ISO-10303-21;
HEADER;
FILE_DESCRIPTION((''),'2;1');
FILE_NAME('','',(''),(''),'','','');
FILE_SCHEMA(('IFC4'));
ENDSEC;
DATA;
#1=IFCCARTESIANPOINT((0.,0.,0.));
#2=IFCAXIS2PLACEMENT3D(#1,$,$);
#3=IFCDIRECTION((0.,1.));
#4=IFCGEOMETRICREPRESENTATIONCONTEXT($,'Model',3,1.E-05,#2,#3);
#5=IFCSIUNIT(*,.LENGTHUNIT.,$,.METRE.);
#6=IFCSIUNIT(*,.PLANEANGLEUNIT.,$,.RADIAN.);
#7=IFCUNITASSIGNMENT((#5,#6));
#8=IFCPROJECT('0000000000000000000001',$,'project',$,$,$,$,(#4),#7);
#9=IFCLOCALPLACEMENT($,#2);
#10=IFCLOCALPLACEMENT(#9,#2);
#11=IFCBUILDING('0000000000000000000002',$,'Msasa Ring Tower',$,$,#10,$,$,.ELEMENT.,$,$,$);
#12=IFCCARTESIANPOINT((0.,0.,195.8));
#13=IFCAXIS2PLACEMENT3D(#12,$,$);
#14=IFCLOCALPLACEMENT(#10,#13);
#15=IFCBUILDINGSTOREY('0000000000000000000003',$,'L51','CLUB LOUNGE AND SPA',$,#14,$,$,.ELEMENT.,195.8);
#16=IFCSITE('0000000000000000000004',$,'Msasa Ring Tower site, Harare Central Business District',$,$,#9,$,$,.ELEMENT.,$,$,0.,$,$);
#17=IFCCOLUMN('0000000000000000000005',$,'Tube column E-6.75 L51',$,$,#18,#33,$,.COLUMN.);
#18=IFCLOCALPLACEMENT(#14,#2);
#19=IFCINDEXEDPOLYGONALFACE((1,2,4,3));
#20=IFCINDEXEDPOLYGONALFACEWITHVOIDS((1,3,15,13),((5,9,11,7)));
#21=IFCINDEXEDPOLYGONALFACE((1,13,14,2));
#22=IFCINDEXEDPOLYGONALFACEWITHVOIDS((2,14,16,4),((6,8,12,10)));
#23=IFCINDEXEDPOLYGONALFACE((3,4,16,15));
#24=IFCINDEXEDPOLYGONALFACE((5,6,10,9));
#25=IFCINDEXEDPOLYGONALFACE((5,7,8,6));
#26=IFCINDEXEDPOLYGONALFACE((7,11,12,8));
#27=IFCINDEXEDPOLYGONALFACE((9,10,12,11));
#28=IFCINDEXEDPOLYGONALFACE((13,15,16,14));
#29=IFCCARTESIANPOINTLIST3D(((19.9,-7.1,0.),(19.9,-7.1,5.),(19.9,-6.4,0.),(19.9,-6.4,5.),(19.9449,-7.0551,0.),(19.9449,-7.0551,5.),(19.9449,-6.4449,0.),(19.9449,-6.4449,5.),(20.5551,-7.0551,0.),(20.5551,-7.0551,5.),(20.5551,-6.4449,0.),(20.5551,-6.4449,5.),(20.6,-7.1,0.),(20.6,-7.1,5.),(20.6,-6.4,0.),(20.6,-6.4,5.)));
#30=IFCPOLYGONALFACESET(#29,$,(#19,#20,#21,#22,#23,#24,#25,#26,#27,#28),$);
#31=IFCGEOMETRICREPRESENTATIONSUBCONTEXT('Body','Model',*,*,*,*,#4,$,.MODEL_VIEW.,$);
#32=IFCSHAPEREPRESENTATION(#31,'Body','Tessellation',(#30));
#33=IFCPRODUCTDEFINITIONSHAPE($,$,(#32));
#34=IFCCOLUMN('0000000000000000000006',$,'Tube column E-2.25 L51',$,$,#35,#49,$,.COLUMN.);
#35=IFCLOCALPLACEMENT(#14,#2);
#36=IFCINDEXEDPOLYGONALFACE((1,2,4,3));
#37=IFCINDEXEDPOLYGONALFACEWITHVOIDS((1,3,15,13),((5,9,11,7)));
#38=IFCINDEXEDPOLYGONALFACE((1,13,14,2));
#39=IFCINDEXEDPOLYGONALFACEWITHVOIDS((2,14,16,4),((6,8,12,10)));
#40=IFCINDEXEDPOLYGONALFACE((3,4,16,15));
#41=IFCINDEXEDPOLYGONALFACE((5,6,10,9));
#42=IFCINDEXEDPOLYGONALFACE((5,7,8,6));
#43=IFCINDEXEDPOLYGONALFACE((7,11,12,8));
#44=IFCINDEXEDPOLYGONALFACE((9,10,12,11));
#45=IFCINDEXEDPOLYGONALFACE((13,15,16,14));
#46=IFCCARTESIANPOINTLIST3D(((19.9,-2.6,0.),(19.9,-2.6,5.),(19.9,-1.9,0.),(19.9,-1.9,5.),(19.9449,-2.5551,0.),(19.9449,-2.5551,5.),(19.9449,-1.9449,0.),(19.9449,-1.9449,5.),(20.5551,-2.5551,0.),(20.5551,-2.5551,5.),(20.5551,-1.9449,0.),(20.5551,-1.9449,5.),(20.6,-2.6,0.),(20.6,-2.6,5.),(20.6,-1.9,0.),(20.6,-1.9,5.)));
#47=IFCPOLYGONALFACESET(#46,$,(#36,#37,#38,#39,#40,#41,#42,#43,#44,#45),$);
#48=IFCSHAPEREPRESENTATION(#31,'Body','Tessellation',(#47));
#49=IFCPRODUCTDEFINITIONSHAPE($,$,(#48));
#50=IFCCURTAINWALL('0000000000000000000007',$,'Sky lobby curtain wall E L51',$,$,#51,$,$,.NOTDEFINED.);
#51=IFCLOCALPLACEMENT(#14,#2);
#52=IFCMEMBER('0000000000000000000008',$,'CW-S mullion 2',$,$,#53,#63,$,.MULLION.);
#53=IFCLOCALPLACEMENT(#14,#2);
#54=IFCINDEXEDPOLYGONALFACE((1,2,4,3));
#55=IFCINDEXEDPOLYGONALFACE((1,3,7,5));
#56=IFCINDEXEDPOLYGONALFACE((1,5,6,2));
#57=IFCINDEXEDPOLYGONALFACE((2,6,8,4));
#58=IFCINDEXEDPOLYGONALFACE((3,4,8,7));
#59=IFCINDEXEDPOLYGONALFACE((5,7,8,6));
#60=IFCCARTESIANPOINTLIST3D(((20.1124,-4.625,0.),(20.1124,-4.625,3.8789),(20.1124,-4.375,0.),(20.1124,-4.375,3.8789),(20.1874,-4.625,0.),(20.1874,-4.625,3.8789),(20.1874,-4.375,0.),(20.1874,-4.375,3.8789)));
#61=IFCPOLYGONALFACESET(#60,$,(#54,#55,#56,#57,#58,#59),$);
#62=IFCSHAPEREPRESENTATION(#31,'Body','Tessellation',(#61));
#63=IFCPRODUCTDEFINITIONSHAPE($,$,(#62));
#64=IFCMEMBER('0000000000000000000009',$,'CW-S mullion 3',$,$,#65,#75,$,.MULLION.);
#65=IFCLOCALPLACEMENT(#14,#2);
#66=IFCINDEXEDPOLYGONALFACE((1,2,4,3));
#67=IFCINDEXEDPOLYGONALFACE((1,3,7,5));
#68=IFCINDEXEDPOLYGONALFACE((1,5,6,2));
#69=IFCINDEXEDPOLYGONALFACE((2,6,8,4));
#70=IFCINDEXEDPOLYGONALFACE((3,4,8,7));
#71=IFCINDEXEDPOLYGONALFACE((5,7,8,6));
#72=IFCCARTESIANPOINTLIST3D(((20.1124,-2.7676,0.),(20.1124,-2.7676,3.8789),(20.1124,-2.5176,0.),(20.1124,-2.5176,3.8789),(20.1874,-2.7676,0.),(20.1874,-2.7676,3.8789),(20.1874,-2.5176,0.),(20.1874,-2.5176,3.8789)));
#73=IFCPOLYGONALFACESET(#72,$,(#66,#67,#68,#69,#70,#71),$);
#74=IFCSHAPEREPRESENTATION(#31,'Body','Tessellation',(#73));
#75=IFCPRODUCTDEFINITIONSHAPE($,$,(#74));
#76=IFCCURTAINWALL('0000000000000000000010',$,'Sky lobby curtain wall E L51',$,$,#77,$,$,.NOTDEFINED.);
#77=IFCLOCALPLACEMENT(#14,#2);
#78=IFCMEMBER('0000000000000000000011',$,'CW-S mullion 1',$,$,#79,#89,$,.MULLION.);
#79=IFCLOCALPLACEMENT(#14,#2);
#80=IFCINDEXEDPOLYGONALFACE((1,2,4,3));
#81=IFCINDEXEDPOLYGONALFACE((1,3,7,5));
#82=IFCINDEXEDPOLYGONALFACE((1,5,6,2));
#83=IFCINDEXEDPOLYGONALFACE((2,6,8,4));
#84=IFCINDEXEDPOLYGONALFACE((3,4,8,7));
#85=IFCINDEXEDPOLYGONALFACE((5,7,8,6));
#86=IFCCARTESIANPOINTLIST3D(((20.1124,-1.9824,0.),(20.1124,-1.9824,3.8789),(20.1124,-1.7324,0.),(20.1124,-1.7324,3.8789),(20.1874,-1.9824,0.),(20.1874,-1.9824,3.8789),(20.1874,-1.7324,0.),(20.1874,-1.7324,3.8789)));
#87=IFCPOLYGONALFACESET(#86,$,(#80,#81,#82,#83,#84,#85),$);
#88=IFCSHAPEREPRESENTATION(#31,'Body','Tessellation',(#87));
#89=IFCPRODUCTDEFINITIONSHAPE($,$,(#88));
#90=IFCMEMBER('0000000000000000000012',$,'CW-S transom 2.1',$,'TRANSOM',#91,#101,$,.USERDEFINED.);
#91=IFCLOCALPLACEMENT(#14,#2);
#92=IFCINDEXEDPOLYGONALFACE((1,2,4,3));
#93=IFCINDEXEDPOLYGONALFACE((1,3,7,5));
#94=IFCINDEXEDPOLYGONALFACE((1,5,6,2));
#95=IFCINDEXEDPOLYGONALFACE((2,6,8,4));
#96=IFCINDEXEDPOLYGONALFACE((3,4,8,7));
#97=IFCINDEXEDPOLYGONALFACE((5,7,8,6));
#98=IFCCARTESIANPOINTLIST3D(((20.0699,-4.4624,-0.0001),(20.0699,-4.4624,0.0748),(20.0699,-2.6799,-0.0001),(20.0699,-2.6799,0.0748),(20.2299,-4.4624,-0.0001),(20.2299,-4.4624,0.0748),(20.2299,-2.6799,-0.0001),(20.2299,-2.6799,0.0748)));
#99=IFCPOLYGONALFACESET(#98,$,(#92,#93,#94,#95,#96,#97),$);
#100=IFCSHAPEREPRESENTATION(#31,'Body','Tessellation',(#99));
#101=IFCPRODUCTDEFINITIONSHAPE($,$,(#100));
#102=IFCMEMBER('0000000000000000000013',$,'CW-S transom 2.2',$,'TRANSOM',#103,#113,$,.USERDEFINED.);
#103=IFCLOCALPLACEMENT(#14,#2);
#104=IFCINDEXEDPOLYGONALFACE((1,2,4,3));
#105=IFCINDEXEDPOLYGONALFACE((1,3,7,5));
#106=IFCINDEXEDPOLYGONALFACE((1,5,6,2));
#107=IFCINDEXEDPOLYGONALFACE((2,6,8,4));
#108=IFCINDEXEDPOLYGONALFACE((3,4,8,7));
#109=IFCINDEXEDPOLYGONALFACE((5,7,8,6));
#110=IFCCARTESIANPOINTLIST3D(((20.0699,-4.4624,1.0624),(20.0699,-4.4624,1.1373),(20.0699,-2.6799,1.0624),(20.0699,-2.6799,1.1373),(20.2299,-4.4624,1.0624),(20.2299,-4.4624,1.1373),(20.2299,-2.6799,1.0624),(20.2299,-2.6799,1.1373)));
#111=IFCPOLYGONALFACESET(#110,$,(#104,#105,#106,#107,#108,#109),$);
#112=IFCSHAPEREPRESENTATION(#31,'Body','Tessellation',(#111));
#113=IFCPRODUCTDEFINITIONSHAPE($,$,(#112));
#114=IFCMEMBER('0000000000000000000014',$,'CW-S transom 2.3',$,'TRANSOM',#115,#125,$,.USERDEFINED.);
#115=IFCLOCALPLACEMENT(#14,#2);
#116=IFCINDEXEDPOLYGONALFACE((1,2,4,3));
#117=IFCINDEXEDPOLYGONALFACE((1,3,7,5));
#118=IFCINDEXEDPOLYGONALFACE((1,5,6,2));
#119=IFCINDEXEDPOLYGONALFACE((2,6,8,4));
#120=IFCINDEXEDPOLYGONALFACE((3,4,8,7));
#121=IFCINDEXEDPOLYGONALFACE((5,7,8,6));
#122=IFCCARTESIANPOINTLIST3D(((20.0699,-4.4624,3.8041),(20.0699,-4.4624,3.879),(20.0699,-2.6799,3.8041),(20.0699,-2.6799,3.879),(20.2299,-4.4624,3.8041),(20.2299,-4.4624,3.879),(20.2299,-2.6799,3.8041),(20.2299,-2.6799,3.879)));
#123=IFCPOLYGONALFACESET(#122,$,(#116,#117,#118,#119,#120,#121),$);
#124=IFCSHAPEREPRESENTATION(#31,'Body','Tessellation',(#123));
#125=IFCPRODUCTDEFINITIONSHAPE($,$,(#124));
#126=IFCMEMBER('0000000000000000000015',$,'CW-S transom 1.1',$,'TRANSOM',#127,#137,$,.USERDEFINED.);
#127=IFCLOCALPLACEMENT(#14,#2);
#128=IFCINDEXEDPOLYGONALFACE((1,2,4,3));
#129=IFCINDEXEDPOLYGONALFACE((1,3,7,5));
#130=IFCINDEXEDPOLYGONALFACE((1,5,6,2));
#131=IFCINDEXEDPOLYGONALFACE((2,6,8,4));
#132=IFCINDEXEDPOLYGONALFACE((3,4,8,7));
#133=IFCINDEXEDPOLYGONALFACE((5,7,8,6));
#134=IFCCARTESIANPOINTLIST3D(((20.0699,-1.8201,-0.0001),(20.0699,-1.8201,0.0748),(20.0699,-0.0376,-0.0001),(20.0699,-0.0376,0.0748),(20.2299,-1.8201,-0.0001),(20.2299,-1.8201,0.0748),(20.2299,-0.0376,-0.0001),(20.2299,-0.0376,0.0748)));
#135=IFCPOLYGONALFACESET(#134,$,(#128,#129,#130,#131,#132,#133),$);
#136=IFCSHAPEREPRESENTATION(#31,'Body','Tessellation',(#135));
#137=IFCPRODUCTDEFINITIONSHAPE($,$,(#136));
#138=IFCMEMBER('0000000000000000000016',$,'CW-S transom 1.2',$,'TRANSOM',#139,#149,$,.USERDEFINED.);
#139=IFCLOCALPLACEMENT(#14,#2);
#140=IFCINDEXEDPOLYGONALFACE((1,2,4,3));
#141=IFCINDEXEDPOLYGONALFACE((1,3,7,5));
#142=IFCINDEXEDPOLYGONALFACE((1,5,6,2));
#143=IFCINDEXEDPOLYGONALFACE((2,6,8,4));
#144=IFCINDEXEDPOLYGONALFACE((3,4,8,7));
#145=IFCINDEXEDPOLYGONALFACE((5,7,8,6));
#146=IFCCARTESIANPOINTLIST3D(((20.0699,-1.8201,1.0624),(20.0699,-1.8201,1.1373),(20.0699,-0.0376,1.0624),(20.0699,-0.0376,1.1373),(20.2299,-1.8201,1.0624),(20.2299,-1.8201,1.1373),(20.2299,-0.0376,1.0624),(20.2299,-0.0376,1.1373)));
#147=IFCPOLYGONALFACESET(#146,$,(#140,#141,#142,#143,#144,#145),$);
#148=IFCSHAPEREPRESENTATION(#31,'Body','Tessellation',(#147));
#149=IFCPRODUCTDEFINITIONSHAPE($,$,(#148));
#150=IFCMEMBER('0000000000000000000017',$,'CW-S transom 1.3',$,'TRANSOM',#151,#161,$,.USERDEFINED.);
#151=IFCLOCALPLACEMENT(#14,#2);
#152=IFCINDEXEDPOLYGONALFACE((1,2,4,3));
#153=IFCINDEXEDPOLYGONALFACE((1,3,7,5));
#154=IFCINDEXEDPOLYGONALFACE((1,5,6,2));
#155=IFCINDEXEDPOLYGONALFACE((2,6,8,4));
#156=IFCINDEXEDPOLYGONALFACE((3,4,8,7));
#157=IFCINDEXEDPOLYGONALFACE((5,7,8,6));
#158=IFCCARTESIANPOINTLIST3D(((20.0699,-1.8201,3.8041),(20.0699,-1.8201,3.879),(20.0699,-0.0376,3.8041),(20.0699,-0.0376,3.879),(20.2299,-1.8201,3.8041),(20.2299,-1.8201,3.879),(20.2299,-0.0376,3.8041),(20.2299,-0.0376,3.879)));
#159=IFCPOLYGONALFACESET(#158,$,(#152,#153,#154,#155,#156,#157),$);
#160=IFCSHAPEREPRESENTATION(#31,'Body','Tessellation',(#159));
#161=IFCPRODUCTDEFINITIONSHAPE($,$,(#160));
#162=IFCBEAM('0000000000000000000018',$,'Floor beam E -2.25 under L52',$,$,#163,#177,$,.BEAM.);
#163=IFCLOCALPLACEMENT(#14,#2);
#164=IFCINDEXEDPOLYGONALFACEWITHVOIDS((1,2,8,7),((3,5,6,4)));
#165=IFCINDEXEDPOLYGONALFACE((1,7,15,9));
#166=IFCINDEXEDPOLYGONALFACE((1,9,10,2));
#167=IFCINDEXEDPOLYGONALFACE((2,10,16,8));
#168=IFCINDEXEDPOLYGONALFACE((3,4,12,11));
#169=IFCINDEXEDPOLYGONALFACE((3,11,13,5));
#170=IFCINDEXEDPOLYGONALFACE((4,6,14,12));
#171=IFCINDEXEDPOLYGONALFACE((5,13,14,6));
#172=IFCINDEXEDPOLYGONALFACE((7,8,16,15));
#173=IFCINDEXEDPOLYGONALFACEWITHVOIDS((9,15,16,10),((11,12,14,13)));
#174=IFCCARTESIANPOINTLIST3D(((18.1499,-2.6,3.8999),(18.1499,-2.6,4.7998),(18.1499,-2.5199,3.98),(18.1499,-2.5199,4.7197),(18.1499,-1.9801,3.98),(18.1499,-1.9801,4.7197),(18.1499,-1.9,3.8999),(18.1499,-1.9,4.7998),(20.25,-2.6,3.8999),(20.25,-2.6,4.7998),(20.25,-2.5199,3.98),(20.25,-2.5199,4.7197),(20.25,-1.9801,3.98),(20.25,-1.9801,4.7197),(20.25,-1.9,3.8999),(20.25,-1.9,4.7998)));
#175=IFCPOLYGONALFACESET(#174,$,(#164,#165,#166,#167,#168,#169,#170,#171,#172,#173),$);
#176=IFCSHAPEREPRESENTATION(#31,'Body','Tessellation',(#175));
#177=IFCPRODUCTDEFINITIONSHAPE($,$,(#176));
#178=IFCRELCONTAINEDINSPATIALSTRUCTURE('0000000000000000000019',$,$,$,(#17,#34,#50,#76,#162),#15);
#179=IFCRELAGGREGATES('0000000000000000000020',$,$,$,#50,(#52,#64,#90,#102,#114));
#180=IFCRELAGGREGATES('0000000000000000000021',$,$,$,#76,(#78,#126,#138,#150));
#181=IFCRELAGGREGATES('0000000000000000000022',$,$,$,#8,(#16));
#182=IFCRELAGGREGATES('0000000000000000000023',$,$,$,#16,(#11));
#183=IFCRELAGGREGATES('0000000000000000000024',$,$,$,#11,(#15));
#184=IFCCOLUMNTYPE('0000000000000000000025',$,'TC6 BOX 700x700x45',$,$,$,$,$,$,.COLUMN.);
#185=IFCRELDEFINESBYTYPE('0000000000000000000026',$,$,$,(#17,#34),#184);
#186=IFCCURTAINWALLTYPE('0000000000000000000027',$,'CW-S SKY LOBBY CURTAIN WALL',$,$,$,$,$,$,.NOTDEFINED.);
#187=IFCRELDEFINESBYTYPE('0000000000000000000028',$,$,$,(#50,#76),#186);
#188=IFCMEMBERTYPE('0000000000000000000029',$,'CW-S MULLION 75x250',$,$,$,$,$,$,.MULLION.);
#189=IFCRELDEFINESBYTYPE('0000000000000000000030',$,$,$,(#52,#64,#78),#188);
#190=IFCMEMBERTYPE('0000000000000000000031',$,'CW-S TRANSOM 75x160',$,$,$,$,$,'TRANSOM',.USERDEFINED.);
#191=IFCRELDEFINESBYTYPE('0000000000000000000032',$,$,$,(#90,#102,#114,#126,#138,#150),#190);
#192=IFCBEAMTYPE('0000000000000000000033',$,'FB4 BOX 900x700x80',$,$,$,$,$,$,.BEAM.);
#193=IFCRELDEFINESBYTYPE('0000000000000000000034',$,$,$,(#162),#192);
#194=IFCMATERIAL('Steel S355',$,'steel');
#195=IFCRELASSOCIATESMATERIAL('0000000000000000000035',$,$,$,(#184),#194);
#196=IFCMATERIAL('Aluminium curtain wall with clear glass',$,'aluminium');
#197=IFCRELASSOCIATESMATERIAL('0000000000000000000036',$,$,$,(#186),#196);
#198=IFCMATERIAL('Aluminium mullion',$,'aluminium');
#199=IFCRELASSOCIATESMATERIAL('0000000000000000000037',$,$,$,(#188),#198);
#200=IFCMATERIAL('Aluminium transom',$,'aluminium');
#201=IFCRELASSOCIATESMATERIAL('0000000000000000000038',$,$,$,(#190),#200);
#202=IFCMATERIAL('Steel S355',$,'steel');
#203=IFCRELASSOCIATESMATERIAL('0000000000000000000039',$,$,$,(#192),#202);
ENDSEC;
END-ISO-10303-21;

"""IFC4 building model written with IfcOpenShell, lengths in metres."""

from ifc_helpers import new_model, si_unit, direction, frame, origin, origin_2d, place, context, subcontext, project, spatial, rectangle, hollow_rectangle, extrude, material, material_profile, profile_set, type_object, element, aggregate, save


model = new_model("IFC4")

# Units and contexts
model_context = context("Model", 3, precision=1e-05, world=origin(), true_north=direction((0.0, 1.0)))
body_context = subcontext(model_context, "Body", "Model", "MODEL_VIEW")
ifc_project = project(units=[si_unit("LENGTHUNIT", "METRE"), si_unit("PLANEANGLEUNIT", "RADIAN")], contexts=[model_context])

# Site, building, storey
site_placement = place(None, origin())
site = spatial("IfcSite", under=ifc_project, at=site_placement, Name="Msasa Ring Tower site, Harare Central Business District", CompositionType="ELEMENT", RefElevation=0.0)
building_placement = place(site_placement, origin())
building = spatial("IfcBuilding", under=site, at=building_placement, Name="Msasa Ring Tower", CompositionType="ELEMENT")
storey_placement = place(building_placement, frame((0.0, 0.0, 195.8)))
storey = spatial("IfcBuildingStorey", under=building, at=storey_placement, Name="L51", Description="CLUB LOUNGE AND SPA", CompositionType="ELEMENT", Elevation=195.8)

# Columns
ifc_material_1 = material(Name="Steel S355", Category="steel")
ifc_material_profile_1 = material_profile(ifc_material_1, hollow_rectangle(XDim=0.7, YDim=0.7, WallThickness=0.0449, at=origin_2d()), Name="BOX 700x700x45")
ifc_profile_set_1 = profile_set([ifc_material_profile_1], Name="Steel S355")
column_type = type_object("IfcColumnType", Name="TC6 BOX 700x700x45", PredefinedType="COLUMN", material=ifc_profile_set_1)
for number, where, z_axis, x_axis, name in (
    (1, (20.25, -6.75, 0.0), (0.0, 0.0, 1.0), (1.0, 0.0, 0.0), "Tube column E-6.75 L51"),
    (2, (20.25, -2.25, 0.0), (0.0, 0.0, 1.0), (1.0, 0.0, 0.0), "Tube column E-2.25 L51"),
):
    element("IfcColumn", number, at=place(storey_placement, frame(where, z_axis=z_axis, x_axis=x_axis)), inside=storey, type_object=column_type, Name=name, PredefinedType="COLUMN", context=body_context, shape_type="SweptSolid", body=[
        extrude(hollow_rectangle(XDim=0.7, YDim=0.7, WallThickness=0.0449, at=origin_2d()), origin(), (0.0, 0.0, 1.0), 5.0),
    ])

# Curtain wall, members
ifc_material_2 = material(Name="Aluminium curtain wall with clear glass", Category="aluminium")
curtain_wall_type = type_object("IfcCurtainWallType", Name="CW-S SKY LOBBY CURTAIN WALL", PredefinedType="NOTDEFINED", material=ifc_material_2)
curtain_wall_1_placement = place(storey_placement, origin())
curtain_wall_1 = element("IfcCurtainWall", 3, at=curtain_wall_1_placement, inside=storey, type_object=curtain_wall_type, Name="Sky lobby curtain wall E L51", PredefinedType="NOTDEFINED")
ifc_material_3 = material(Name="Aluminium mullion", Category="aluminium")
ifc_material_profile_2 = material_profile(ifc_material_3, rectangle(XDim=0.075, YDim=0.25, at=origin_2d()), Name="AL 75x250")
ifc_profile_set_2 = profile_set([ifc_material_profile_2], Name="Aluminium mullion")
member_type_1 = type_object("IfcMemberType", Name="CW-S MULLION 75x250", PredefinedType="MULLION", material=ifc_profile_set_2)
member_1_placement = place(storey_placement, frame((20.1499, -4.5, 0.0), z_axis=(0.0, 0.0, 1.0), x_axis=(-1.0, 0.0, 0.0)))
member_1 = element("IfcMember", 4, at=member_1_placement, type_object=member_type_1, Name="CW-S mullion 2", PredefinedType="MULLION", context=body_context, shape_type="SweptSolid", body=[
    extrude(rectangle(XDim=0.075, YDim=0.25, at=origin_2d()), origin(), (0.0, 0.0, 1.0), 3.8789),
])
member_2_placement = place(storey_placement, frame((20.1499, -2.6426, 0.0), z_axis=(0.0, 0.0, 1.0), x_axis=(-1.0, 0.0, 0.0)))
member_2 = element("IfcMember", 5, at=member_2_placement, type_object=member_type_1, Name="CW-S mullion 3", PredefinedType="MULLION", context=body_context, shape_type="SweptSolid", body=[
    extrude(rectangle(XDim=0.075, YDim=0.25, at=origin_2d()), origin(), (0.0, 0.0, 1.0), 3.8789),
])

# Curtain wall, member
curtain_wall_2_placement = place(storey_placement, origin())
curtain_wall_2 = element("IfcCurtainWall", 6, at=curtain_wall_2_placement, inside=storey, type_object=curtain_wall_type, Name="Sky lobby curtain wall E L51", PredefinedType="NOTDEFINED")
member_3_placement = place(storey_placement, frame((20.1499, -1.8574, 0.0), z_axis=(0.0, 0.0, 1.0), x_axis=(-1.0, 0.0, 0.0)))
member_3 = element("IfcMember", 7, at=member_3_placement, type_object=member_type_1, Name="CW-S mullion 1", PredefinedType="MULLION", context=body_context, shape_type="SweptSolid", body=[
    extrude(rectangle(XDim=0.075, YDim=0.25, at=origin_2d()), origin(), (0.0, 0.0, 1.0), 3.8789),
])

# Members
ifc_material_4 = material(Name="Aluminium transom", Category="aluminium")
ifc_material_profile_3 = material_profile(ifc_material_4, rectangle(XDim=0.1599, YDim=0.075, at=origin_2d()), Name="AL 75x160")
ifc_profile_set_3 = profile_set([ifc_material_profile_3], Name="Aluminium transom")
member_type_2 = type_object("IfcMemberType", Name="CW-S TRANSOM 75x160", ElementType="TRANSOM", PredefinedType="USERDEFINED", material=ifc_profile_set_3)
member_4_placement = place(storey_placement, frame((20.1499, -4.4624, 0.0374), z_axis=(0.0, 1.0, 0.0), x_axis=(-1.0, 0.0, 0.0)))
member_4 = element("IfcMember", 8, at=member_4_placement, type_object=member_type_2, Name="CW-S transom 2.1", ObjectType="TRANSOM", PredefinedType="USERDEFINED", context=body_context, shape_type="SweptSolid", body=[
    extrude(rectangle(XDim=0.1599, YDim=0.075, at=origin_2d()), origin(), (0.0, 0.0, 1.0), 1.7825),
])
member_5_placement = place(storey_placement, frame((20.1499, -4.4624, 1.0999), z_axis=(0.0, 1.0, 0.0), x_axis=(-1.0, 0.0, 0.0)))
member_5 = element("IfcMember", 9, at=member_5_placement, type_object=member_type_2, Name="CW-S transom 2.2", ObjectType="TRANSOM", PredefinedType="USERDEFINED", context=body_context, shape_type="SweptSolid", body=[
    extrude(rectangle(XDim=0.1599, YDim=0.075, at=origin_2d()), origin(), (0.0, 0.0, 1.0), 1.7825),
])
member_6_placement = place(storey_placement, frame((20.1499, -4.4624, 3.8416), z_axis=(0.0, 1.0, 0.0), x_axis=(-1.0, 0.0, 0.0)))
member_6 = element("IfcMember", 10, at=member_6_placement, type_object=member_type_2, Name="CW-S transom 2.3", ObjectType="TRANSOM", PredefinedType="USERDEFINED", context=body_context, shape_type="SweptSolid", body=[
    extrude(rectangle(XDim=0.1599, YDim=0.075, at=origin_2d()), origin(), (0.0, 0.0, 1.0), 1.7825),
])
member_7_placement = place(storey_placement, frame((20.1499, -1.8201, 0.0374), z_axis=(0.0, 1.0, 0.0), x_axis=(-1.0, 0.0, 0.0)))
member_7 = element("IfcMember", 11, at=member_7_placement, type_object=member_type_2, Name="CW-S transom 1.1", ObjectType="TRANSOM", PredefinedType="USERDEFINED", context=body_context, shape_type="SweptSolid", body=[
    extrude(rectangle(XDim=0.1599, YDim=0.075, at=origin_2d()), origin(), (0.0, 0.0, 1.0), 1.7825),
])
member_8_placement = place(storey_placement, frame((20.1499, -1.8201, 1.0999), z_axis=(0.0, 1.0, 0.0), x_axis=(-1.0, 0.0, 0.0)))
member_8 = element("IfcMember", 12, at=member_8_placement, type_object=member_type_2, Name="CW-S transom 1.2", ObjectType="TRANSOM", PredefinedType="USERDEFINED", context=body_context, shape_type="SweptSolid", body=[
    extrude(rectangle(XDim=0.1599, YDim=0.075, at=origin_2d()), origin(), (0.0, 0.0, 1.0), 1.7825),
])
member_9_placement = place(storey_placement, frame((20.1499, -1.8201, 3.8416), z_axis=(0.0, 1.0, 0.0), x_axis=(-1.0, 0.0, 0.0)))
member_9 = element("IfcMember", 13, at=member_9_placement, type_object=member_type_2, Name="CW-S transom 1.3", ObjectType="TRANSOM", PredefinedType="USERDEFINED", context=body_context, shape_type="SweptSolid", body=[
    extrude(rectangle(XDim=0.1599, YDim=0.075, at=origin_2d()), origin(), (0.0, 0.0, 1.0), 1.7825),
])

# Beam
ifc_material_5 = material(Name="Steel S355", Category="steel")
ifc_material_profile_4 = material_profile(ifc_material_5, hollow_rectangle(XDim=0.7, YDim=0.8999, WallThickness=0.0801, at=origin_2d()), Name="BOX 900x700x80")
ifc_profile_set_4 = profile_set([ifc_material_profile_4], Name="Steel S355")
beam_type_1 = type_object("IfcBeamType", Name="FB4 BOX 900x700x80", PredefinedType="BEAM", material=ifc_profile_set_4)
beam_placement = place(storey_placement, frame((20.25, -2.25, 4.3499), z_axis=(-1.0, 0.0, 0.0), x_axis=(0.0, -1.0, 0.0)))
element("IfcBeam", 14, at=beam_placement, inside=storey, type_object=beam_type_1, Name="Floor beam E -2.25 under L52", PredefinedType="BEAM", context=body_context, shape_type="SweptSolid", body=[
    extrude(hollow_rectangle(XDim=0.7, YDim=0.8999, WallThickness=0.0801, at=origin_2d()), origin(), (0.0, 0.0, 1.0), 2.1001),
])

aggregate(curtain_wall_1, [member_1, member_2, member_4, member_5, member_6])
aggregate(curtain_wall_2, [member_3, member_7, member_8, member_9])

save(model, "model.ifc")
